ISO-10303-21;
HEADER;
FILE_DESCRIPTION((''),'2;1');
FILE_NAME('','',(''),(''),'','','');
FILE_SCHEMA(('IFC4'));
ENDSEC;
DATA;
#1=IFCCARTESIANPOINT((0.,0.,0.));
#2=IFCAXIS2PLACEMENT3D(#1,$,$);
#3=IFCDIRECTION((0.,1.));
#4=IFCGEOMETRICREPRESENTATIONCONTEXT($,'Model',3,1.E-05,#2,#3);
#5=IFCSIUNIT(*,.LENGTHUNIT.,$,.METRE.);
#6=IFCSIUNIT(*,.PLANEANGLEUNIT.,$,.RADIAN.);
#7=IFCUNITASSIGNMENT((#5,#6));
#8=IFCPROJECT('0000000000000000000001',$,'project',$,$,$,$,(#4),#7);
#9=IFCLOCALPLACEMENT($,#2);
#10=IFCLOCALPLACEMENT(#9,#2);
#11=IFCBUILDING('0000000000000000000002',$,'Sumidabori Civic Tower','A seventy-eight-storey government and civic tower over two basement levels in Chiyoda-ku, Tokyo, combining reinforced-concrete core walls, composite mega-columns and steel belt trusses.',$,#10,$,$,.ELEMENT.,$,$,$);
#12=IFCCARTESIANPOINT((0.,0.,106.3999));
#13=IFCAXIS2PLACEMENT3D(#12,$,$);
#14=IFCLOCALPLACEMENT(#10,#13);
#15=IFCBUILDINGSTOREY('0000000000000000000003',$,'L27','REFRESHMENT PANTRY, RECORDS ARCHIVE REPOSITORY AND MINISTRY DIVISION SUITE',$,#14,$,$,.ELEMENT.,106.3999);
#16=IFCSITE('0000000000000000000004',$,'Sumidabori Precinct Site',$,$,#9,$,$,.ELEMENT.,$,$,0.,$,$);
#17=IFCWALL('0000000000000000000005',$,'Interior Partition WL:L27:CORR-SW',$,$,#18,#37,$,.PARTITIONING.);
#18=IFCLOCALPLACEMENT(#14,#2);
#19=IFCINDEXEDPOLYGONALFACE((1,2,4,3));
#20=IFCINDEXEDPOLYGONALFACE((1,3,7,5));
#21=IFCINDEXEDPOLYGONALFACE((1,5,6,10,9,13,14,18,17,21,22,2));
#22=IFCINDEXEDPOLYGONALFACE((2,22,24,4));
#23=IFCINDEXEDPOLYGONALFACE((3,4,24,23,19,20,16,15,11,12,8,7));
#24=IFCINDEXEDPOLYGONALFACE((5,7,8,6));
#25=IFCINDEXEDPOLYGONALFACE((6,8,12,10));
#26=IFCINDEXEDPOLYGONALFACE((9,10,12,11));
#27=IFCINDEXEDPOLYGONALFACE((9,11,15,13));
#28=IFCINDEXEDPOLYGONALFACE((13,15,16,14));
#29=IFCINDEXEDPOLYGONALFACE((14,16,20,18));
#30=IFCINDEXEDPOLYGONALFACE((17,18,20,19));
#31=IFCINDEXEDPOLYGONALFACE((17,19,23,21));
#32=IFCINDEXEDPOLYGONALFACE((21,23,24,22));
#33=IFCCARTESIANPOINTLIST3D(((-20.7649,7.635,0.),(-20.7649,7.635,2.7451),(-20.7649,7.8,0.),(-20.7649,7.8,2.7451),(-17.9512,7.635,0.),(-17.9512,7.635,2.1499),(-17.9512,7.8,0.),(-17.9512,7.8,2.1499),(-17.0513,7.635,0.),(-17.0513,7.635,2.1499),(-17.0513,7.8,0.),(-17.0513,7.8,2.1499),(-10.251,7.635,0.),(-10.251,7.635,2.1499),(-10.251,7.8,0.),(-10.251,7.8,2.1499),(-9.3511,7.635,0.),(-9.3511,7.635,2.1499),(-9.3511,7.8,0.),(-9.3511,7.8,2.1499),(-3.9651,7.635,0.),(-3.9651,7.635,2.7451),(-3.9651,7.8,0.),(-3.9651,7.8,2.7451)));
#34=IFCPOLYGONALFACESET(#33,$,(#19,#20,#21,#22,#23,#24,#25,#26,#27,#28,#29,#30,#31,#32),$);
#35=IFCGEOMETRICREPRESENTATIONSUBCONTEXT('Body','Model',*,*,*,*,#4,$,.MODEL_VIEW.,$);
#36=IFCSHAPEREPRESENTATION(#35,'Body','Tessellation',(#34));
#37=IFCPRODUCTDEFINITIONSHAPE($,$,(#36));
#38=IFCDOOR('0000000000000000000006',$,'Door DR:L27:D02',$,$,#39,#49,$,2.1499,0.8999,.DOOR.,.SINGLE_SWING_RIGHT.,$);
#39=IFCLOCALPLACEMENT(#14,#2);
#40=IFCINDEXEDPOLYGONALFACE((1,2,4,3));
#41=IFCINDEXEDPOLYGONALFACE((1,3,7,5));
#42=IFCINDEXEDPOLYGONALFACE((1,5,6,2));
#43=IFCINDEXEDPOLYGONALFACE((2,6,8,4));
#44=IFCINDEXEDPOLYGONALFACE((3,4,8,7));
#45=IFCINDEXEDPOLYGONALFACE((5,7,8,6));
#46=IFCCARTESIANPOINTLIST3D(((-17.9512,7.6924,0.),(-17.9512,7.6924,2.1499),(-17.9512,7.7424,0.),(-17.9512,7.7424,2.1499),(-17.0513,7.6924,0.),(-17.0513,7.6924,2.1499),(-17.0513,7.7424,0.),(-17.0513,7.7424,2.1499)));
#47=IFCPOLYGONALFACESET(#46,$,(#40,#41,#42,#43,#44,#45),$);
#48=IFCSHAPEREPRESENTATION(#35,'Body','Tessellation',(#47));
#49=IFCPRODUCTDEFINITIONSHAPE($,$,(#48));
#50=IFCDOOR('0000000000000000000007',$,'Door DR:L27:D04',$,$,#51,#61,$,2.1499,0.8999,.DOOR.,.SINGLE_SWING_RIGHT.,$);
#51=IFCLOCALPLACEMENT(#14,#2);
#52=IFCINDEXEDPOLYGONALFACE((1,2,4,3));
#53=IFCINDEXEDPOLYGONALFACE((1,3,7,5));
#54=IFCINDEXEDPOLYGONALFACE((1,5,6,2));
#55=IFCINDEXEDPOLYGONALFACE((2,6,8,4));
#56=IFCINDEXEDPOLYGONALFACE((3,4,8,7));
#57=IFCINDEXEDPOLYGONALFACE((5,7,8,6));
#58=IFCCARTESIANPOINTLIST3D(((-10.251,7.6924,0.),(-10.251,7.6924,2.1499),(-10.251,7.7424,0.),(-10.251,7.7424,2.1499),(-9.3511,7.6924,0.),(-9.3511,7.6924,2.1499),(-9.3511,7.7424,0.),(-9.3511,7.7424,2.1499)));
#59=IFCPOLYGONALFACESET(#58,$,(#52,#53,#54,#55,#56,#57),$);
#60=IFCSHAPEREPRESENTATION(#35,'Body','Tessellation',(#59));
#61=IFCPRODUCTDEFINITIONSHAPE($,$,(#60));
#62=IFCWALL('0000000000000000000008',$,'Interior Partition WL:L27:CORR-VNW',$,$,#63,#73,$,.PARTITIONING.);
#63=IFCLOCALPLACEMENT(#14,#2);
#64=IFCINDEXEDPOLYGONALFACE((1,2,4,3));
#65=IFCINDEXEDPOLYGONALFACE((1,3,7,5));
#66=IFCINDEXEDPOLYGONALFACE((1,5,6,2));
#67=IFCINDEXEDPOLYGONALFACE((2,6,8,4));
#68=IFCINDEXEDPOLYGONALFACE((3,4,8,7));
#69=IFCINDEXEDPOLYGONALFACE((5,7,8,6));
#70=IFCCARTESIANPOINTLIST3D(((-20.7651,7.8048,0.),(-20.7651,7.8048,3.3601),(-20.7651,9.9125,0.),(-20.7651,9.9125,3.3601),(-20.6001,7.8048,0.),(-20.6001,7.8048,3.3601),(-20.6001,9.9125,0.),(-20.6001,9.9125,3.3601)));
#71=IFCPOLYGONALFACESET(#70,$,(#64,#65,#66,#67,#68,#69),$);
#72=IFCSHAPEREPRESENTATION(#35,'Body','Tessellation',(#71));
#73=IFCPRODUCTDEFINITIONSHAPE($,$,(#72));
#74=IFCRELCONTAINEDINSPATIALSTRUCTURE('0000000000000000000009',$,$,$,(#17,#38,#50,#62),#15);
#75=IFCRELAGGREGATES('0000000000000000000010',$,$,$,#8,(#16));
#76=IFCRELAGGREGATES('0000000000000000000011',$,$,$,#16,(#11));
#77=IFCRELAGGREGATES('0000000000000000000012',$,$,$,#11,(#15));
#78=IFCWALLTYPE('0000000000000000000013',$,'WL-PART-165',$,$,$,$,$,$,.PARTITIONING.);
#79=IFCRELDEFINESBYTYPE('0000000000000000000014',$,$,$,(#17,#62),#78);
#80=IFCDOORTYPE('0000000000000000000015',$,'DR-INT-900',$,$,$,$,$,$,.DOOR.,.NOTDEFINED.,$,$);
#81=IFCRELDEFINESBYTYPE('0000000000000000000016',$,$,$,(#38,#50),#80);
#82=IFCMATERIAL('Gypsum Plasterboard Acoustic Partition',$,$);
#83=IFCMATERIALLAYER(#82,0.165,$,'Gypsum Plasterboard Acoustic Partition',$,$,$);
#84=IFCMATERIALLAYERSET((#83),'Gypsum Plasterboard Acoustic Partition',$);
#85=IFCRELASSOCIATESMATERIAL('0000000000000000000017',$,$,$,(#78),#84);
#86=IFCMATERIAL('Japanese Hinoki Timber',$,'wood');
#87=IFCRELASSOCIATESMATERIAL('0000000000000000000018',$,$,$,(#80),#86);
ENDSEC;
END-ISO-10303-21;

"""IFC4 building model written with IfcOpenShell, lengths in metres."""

from ifc_helpers import new_model, si_unit, direction, frame, frame_2d, origin, place, context, subcontext, project, spatial, rectangle, extrude, source, transform, mapped, material, layer, layer_set, type_object, element, fill, save


model = new_model("IFC4")

# Units and contexts
model_context = context("Model", 3, precision=1e-05, world=origin(), true_north=direction((0.0, 1.0)))
body_context = subcontext(model_context, "Body", "Model", "MODEL_VIEW")
ifc_project = project(units=[si_unit("LENGTHUNIT", "METRE"), si_unit("PLANEANGLEUNIT", "RADIAN")], contexts=[model_context])

# Site, building, storey
site_placement = place(None, origin())
site = spatial("IfcSite", under=ifc_project, at=site_placement, Name="Sumidabori Precinct Site", CompositionType="ELEMENT", RefElevation=0.0)
building_placement = place(site_placement, origin())
building = spatial("IfcBuilding", under=site, at=building_placement, Name="Sumidabori Civic Tower", Description="A seventy-eight-storey government and civic tower over two basement levels in Chiyoda-ku, Tokyo, combining reinforced-concrete core walls, composite mega-columns and steel belt trusses.", CompositionType="ELEMENT")
storey_placement = place(building_placement, frame((0.0, 0.0, 106.3999)))
storey = spatial("IfcBuildingStorey", under=building, at=storey_placement, Name="L27", Description="REFRESHMENT PANTRY, RECORDS ARCHIVE REPOSITORY AND MINISTRY DIVISION SUITE", CompositionType="ELEMENT", Elevation=106.3999)

# Shared definitions
ifc_material_1 = material(Name="Gypsum Plasterboard Acoustic Partition")
ifc_layer_1 = layer(ifc_material_1, 0.165, Name="Gypsum Plasterboard Acoustic Partition")
ifc_layer_set_1 = layer_set([ifc_layer_1], Name="Gypsum Plasterboard Acoustic Partition")
wall_type_1 = type_object("IfcWallType", Name="WL-PART-165", PredefinedType="PARTITIONING", material=ifc_layer_set_1)

# Shared definitions
ifc_material_2 = material(Name="Japanese Hinoki Timber", Category="wood")
door_type_1 = type_object("IfcDoorType", Name="DR-INT-900", OperationType="NOTDEFINED", PredefinedType="DOOR", material=ifc_material_2)
shared_shape_1 = source(origin(), body_context, "Body", "SweptSolid", [
    extrude(rectangle(XDim=0.8999, YDim=2.1499, at=frame_2d((0.45, 1.075))), frame((0.0, 0.0249, 0.0), z_axis=(0.0, -1.0, 0.0), x_axis=(1.0, 0.0, 0.0)), (0.0, 0.0, 1.0), 0.05),
])

# Wall, openings, doors
shared_shape_2 = source(origin(), body_context, "Body", "SweptSolid", [
    extrude(rectangle(XDim=16.7998, YDim=0.165, at=frame_2d((8.3999, 0.0))), origin(), (0.0, 0.0, 1.0), 2.7451),
])
wall_1_placement = place(storey_placement, frame((-20.7649, 7.7175, 0.0), z_axis=(0.0, 0.0, 1.0), x_axis=(1.0, 0.0, 0.0)))
wall_1 = element("IfcWall", 1, at=wall_1_placement, inside=storey, type_object=wall_type_1, Name="Interior Partition WL:L27:CORR-SW", PredefinedType="PARTITIONING", context=body_context, shape_type="MappedRepresentation", body=[
    mapped(shared_shape_2, transform((0.0, 0.0, 0.0), x_axis=(1.0, 0.0, 0.0), y_axis=(0.0, 1.0, 0.0), z_axis=(0.0, 0.0, 1.0), scale=1.0)),
])
opening_1_placement = place(wall_1_placement, frame((2.8137, 0.0, 0.0)))
opening_1 = element("IfcOpeningElement", 2, at=opening_1_placement, cuts=wall_1, PredefinedType="OPENING", context=body_context, shape_type="SweptSolid", body=[
    extrude(rectangle(XDim=0.8999, YDim=2.1499, at=frame_2d((0.45, 1.075))), frame((0.0, 0.0945, 0.0), z_axis=(0.0, -1.0, 0.0), x_axis=(1.0, 0.0, 0.0)), (0.0, 0.0, 1.0), 0.189),
])
opening_2_placement = place(wall_1_placement, frame((10.5139, 0.0, 0.0)))
opening_2 = element("IfcOpeningElement", 3, at=opening_2_placement, cuts=wall_1, PredefinedType="OPENING", context=body_context, shape_type="SweptSolid", body=[
    extrude(rectangle(XDim=0.8999, YDim=2.1499, at=frame_2d((0.45, 1.075))), frame((0.0, 0.0945, 0.0), z_axis=(0.0, -1.0, 0.0), x_axis=(1.0, 0.0, 0.0)), (0.0, 0.0, 1.0), 0.189),
])
door_1_placement = place(opening_1_placement, origin())
door_1 = element("IfcDoor", 4, at=door_1_placement, inside=storey, type_object=door_type_1, Name="Door DR:L27:D02", OperationType="SINGLE_SWING_RIGHT", OverallHeight=2.1499, OverallWidth=0.8999, PredefinedType="DOOR", context=body_context, shape_type="MappedRepresentation", body=[
    mapped(shared_shape_1, transform((0.0, 0.0, 0.0), x_axis=(1.0, 0.0, 0.0), y_axis=(0.0, 1.0, 0.0), z_axis=(0.0, 0.0, 1.0), scale=1.0)),
])
fill(opening_1, door_1)
door_2_placement = place(opening_2_placement, origin())
door_2 = element("IfcDoor", 5, at=door_2_placement, inside=storey, type_object=door_type_1, Name="Door DR:L27:D04", OperationType="SINGLE_SWING_RIGHT", OverallHeight=2.1499, OverallWidth=0.8999, PredefinedType="DOOR", context=body_context, shape_type="MappedRepresentation", body=[
    mapped(shared_shape_1, transform((0.0, 0.0, 0.0), x_axis=(1.0, 0.0, 0.0), y_axis=(0.0, 1.0, 0.0), z_axis=(0.0, 0.0, 1.0), scale=1.0)),
])
fill(opening_2, door_2)

# Wall
shared_shape_3 = source(origin(), body_context, "Body", "SweptSolid", [
    extrude(rectangle(XDim=2.1077, YDim=0.165, at=frame_2d((1.0537, 0.0))), origin(), (0.0, 0.0, 1.0), 3.3601),
])
wall_2_placement = place(storey_placement, frame((-20.6826, 7.8049, 0.0), z_axis=(0.0, 0.0, 1.0), x_axis=(0.0, 1.0, 0.0)))
element("IfcWall", 6, at=wall_2_placement, inside=storey, type_object=wall_type_1, Name="Interior Partition WL:L27:CORR-VNW", PredefinedType="PARTITIONING", context=body_context, shape_type="MappedRepresentation", body=[
    mapped(shared_shape_3, transform((0.0, 0.0, 0.0), x_axis=(1.0, 0.0, 0.0), y_axis=(0.0, 1.0, 0.0), z_axis=(0.0, 0.0, 1.0), scale=1.0)),
])

save(model, "model.ifc")
